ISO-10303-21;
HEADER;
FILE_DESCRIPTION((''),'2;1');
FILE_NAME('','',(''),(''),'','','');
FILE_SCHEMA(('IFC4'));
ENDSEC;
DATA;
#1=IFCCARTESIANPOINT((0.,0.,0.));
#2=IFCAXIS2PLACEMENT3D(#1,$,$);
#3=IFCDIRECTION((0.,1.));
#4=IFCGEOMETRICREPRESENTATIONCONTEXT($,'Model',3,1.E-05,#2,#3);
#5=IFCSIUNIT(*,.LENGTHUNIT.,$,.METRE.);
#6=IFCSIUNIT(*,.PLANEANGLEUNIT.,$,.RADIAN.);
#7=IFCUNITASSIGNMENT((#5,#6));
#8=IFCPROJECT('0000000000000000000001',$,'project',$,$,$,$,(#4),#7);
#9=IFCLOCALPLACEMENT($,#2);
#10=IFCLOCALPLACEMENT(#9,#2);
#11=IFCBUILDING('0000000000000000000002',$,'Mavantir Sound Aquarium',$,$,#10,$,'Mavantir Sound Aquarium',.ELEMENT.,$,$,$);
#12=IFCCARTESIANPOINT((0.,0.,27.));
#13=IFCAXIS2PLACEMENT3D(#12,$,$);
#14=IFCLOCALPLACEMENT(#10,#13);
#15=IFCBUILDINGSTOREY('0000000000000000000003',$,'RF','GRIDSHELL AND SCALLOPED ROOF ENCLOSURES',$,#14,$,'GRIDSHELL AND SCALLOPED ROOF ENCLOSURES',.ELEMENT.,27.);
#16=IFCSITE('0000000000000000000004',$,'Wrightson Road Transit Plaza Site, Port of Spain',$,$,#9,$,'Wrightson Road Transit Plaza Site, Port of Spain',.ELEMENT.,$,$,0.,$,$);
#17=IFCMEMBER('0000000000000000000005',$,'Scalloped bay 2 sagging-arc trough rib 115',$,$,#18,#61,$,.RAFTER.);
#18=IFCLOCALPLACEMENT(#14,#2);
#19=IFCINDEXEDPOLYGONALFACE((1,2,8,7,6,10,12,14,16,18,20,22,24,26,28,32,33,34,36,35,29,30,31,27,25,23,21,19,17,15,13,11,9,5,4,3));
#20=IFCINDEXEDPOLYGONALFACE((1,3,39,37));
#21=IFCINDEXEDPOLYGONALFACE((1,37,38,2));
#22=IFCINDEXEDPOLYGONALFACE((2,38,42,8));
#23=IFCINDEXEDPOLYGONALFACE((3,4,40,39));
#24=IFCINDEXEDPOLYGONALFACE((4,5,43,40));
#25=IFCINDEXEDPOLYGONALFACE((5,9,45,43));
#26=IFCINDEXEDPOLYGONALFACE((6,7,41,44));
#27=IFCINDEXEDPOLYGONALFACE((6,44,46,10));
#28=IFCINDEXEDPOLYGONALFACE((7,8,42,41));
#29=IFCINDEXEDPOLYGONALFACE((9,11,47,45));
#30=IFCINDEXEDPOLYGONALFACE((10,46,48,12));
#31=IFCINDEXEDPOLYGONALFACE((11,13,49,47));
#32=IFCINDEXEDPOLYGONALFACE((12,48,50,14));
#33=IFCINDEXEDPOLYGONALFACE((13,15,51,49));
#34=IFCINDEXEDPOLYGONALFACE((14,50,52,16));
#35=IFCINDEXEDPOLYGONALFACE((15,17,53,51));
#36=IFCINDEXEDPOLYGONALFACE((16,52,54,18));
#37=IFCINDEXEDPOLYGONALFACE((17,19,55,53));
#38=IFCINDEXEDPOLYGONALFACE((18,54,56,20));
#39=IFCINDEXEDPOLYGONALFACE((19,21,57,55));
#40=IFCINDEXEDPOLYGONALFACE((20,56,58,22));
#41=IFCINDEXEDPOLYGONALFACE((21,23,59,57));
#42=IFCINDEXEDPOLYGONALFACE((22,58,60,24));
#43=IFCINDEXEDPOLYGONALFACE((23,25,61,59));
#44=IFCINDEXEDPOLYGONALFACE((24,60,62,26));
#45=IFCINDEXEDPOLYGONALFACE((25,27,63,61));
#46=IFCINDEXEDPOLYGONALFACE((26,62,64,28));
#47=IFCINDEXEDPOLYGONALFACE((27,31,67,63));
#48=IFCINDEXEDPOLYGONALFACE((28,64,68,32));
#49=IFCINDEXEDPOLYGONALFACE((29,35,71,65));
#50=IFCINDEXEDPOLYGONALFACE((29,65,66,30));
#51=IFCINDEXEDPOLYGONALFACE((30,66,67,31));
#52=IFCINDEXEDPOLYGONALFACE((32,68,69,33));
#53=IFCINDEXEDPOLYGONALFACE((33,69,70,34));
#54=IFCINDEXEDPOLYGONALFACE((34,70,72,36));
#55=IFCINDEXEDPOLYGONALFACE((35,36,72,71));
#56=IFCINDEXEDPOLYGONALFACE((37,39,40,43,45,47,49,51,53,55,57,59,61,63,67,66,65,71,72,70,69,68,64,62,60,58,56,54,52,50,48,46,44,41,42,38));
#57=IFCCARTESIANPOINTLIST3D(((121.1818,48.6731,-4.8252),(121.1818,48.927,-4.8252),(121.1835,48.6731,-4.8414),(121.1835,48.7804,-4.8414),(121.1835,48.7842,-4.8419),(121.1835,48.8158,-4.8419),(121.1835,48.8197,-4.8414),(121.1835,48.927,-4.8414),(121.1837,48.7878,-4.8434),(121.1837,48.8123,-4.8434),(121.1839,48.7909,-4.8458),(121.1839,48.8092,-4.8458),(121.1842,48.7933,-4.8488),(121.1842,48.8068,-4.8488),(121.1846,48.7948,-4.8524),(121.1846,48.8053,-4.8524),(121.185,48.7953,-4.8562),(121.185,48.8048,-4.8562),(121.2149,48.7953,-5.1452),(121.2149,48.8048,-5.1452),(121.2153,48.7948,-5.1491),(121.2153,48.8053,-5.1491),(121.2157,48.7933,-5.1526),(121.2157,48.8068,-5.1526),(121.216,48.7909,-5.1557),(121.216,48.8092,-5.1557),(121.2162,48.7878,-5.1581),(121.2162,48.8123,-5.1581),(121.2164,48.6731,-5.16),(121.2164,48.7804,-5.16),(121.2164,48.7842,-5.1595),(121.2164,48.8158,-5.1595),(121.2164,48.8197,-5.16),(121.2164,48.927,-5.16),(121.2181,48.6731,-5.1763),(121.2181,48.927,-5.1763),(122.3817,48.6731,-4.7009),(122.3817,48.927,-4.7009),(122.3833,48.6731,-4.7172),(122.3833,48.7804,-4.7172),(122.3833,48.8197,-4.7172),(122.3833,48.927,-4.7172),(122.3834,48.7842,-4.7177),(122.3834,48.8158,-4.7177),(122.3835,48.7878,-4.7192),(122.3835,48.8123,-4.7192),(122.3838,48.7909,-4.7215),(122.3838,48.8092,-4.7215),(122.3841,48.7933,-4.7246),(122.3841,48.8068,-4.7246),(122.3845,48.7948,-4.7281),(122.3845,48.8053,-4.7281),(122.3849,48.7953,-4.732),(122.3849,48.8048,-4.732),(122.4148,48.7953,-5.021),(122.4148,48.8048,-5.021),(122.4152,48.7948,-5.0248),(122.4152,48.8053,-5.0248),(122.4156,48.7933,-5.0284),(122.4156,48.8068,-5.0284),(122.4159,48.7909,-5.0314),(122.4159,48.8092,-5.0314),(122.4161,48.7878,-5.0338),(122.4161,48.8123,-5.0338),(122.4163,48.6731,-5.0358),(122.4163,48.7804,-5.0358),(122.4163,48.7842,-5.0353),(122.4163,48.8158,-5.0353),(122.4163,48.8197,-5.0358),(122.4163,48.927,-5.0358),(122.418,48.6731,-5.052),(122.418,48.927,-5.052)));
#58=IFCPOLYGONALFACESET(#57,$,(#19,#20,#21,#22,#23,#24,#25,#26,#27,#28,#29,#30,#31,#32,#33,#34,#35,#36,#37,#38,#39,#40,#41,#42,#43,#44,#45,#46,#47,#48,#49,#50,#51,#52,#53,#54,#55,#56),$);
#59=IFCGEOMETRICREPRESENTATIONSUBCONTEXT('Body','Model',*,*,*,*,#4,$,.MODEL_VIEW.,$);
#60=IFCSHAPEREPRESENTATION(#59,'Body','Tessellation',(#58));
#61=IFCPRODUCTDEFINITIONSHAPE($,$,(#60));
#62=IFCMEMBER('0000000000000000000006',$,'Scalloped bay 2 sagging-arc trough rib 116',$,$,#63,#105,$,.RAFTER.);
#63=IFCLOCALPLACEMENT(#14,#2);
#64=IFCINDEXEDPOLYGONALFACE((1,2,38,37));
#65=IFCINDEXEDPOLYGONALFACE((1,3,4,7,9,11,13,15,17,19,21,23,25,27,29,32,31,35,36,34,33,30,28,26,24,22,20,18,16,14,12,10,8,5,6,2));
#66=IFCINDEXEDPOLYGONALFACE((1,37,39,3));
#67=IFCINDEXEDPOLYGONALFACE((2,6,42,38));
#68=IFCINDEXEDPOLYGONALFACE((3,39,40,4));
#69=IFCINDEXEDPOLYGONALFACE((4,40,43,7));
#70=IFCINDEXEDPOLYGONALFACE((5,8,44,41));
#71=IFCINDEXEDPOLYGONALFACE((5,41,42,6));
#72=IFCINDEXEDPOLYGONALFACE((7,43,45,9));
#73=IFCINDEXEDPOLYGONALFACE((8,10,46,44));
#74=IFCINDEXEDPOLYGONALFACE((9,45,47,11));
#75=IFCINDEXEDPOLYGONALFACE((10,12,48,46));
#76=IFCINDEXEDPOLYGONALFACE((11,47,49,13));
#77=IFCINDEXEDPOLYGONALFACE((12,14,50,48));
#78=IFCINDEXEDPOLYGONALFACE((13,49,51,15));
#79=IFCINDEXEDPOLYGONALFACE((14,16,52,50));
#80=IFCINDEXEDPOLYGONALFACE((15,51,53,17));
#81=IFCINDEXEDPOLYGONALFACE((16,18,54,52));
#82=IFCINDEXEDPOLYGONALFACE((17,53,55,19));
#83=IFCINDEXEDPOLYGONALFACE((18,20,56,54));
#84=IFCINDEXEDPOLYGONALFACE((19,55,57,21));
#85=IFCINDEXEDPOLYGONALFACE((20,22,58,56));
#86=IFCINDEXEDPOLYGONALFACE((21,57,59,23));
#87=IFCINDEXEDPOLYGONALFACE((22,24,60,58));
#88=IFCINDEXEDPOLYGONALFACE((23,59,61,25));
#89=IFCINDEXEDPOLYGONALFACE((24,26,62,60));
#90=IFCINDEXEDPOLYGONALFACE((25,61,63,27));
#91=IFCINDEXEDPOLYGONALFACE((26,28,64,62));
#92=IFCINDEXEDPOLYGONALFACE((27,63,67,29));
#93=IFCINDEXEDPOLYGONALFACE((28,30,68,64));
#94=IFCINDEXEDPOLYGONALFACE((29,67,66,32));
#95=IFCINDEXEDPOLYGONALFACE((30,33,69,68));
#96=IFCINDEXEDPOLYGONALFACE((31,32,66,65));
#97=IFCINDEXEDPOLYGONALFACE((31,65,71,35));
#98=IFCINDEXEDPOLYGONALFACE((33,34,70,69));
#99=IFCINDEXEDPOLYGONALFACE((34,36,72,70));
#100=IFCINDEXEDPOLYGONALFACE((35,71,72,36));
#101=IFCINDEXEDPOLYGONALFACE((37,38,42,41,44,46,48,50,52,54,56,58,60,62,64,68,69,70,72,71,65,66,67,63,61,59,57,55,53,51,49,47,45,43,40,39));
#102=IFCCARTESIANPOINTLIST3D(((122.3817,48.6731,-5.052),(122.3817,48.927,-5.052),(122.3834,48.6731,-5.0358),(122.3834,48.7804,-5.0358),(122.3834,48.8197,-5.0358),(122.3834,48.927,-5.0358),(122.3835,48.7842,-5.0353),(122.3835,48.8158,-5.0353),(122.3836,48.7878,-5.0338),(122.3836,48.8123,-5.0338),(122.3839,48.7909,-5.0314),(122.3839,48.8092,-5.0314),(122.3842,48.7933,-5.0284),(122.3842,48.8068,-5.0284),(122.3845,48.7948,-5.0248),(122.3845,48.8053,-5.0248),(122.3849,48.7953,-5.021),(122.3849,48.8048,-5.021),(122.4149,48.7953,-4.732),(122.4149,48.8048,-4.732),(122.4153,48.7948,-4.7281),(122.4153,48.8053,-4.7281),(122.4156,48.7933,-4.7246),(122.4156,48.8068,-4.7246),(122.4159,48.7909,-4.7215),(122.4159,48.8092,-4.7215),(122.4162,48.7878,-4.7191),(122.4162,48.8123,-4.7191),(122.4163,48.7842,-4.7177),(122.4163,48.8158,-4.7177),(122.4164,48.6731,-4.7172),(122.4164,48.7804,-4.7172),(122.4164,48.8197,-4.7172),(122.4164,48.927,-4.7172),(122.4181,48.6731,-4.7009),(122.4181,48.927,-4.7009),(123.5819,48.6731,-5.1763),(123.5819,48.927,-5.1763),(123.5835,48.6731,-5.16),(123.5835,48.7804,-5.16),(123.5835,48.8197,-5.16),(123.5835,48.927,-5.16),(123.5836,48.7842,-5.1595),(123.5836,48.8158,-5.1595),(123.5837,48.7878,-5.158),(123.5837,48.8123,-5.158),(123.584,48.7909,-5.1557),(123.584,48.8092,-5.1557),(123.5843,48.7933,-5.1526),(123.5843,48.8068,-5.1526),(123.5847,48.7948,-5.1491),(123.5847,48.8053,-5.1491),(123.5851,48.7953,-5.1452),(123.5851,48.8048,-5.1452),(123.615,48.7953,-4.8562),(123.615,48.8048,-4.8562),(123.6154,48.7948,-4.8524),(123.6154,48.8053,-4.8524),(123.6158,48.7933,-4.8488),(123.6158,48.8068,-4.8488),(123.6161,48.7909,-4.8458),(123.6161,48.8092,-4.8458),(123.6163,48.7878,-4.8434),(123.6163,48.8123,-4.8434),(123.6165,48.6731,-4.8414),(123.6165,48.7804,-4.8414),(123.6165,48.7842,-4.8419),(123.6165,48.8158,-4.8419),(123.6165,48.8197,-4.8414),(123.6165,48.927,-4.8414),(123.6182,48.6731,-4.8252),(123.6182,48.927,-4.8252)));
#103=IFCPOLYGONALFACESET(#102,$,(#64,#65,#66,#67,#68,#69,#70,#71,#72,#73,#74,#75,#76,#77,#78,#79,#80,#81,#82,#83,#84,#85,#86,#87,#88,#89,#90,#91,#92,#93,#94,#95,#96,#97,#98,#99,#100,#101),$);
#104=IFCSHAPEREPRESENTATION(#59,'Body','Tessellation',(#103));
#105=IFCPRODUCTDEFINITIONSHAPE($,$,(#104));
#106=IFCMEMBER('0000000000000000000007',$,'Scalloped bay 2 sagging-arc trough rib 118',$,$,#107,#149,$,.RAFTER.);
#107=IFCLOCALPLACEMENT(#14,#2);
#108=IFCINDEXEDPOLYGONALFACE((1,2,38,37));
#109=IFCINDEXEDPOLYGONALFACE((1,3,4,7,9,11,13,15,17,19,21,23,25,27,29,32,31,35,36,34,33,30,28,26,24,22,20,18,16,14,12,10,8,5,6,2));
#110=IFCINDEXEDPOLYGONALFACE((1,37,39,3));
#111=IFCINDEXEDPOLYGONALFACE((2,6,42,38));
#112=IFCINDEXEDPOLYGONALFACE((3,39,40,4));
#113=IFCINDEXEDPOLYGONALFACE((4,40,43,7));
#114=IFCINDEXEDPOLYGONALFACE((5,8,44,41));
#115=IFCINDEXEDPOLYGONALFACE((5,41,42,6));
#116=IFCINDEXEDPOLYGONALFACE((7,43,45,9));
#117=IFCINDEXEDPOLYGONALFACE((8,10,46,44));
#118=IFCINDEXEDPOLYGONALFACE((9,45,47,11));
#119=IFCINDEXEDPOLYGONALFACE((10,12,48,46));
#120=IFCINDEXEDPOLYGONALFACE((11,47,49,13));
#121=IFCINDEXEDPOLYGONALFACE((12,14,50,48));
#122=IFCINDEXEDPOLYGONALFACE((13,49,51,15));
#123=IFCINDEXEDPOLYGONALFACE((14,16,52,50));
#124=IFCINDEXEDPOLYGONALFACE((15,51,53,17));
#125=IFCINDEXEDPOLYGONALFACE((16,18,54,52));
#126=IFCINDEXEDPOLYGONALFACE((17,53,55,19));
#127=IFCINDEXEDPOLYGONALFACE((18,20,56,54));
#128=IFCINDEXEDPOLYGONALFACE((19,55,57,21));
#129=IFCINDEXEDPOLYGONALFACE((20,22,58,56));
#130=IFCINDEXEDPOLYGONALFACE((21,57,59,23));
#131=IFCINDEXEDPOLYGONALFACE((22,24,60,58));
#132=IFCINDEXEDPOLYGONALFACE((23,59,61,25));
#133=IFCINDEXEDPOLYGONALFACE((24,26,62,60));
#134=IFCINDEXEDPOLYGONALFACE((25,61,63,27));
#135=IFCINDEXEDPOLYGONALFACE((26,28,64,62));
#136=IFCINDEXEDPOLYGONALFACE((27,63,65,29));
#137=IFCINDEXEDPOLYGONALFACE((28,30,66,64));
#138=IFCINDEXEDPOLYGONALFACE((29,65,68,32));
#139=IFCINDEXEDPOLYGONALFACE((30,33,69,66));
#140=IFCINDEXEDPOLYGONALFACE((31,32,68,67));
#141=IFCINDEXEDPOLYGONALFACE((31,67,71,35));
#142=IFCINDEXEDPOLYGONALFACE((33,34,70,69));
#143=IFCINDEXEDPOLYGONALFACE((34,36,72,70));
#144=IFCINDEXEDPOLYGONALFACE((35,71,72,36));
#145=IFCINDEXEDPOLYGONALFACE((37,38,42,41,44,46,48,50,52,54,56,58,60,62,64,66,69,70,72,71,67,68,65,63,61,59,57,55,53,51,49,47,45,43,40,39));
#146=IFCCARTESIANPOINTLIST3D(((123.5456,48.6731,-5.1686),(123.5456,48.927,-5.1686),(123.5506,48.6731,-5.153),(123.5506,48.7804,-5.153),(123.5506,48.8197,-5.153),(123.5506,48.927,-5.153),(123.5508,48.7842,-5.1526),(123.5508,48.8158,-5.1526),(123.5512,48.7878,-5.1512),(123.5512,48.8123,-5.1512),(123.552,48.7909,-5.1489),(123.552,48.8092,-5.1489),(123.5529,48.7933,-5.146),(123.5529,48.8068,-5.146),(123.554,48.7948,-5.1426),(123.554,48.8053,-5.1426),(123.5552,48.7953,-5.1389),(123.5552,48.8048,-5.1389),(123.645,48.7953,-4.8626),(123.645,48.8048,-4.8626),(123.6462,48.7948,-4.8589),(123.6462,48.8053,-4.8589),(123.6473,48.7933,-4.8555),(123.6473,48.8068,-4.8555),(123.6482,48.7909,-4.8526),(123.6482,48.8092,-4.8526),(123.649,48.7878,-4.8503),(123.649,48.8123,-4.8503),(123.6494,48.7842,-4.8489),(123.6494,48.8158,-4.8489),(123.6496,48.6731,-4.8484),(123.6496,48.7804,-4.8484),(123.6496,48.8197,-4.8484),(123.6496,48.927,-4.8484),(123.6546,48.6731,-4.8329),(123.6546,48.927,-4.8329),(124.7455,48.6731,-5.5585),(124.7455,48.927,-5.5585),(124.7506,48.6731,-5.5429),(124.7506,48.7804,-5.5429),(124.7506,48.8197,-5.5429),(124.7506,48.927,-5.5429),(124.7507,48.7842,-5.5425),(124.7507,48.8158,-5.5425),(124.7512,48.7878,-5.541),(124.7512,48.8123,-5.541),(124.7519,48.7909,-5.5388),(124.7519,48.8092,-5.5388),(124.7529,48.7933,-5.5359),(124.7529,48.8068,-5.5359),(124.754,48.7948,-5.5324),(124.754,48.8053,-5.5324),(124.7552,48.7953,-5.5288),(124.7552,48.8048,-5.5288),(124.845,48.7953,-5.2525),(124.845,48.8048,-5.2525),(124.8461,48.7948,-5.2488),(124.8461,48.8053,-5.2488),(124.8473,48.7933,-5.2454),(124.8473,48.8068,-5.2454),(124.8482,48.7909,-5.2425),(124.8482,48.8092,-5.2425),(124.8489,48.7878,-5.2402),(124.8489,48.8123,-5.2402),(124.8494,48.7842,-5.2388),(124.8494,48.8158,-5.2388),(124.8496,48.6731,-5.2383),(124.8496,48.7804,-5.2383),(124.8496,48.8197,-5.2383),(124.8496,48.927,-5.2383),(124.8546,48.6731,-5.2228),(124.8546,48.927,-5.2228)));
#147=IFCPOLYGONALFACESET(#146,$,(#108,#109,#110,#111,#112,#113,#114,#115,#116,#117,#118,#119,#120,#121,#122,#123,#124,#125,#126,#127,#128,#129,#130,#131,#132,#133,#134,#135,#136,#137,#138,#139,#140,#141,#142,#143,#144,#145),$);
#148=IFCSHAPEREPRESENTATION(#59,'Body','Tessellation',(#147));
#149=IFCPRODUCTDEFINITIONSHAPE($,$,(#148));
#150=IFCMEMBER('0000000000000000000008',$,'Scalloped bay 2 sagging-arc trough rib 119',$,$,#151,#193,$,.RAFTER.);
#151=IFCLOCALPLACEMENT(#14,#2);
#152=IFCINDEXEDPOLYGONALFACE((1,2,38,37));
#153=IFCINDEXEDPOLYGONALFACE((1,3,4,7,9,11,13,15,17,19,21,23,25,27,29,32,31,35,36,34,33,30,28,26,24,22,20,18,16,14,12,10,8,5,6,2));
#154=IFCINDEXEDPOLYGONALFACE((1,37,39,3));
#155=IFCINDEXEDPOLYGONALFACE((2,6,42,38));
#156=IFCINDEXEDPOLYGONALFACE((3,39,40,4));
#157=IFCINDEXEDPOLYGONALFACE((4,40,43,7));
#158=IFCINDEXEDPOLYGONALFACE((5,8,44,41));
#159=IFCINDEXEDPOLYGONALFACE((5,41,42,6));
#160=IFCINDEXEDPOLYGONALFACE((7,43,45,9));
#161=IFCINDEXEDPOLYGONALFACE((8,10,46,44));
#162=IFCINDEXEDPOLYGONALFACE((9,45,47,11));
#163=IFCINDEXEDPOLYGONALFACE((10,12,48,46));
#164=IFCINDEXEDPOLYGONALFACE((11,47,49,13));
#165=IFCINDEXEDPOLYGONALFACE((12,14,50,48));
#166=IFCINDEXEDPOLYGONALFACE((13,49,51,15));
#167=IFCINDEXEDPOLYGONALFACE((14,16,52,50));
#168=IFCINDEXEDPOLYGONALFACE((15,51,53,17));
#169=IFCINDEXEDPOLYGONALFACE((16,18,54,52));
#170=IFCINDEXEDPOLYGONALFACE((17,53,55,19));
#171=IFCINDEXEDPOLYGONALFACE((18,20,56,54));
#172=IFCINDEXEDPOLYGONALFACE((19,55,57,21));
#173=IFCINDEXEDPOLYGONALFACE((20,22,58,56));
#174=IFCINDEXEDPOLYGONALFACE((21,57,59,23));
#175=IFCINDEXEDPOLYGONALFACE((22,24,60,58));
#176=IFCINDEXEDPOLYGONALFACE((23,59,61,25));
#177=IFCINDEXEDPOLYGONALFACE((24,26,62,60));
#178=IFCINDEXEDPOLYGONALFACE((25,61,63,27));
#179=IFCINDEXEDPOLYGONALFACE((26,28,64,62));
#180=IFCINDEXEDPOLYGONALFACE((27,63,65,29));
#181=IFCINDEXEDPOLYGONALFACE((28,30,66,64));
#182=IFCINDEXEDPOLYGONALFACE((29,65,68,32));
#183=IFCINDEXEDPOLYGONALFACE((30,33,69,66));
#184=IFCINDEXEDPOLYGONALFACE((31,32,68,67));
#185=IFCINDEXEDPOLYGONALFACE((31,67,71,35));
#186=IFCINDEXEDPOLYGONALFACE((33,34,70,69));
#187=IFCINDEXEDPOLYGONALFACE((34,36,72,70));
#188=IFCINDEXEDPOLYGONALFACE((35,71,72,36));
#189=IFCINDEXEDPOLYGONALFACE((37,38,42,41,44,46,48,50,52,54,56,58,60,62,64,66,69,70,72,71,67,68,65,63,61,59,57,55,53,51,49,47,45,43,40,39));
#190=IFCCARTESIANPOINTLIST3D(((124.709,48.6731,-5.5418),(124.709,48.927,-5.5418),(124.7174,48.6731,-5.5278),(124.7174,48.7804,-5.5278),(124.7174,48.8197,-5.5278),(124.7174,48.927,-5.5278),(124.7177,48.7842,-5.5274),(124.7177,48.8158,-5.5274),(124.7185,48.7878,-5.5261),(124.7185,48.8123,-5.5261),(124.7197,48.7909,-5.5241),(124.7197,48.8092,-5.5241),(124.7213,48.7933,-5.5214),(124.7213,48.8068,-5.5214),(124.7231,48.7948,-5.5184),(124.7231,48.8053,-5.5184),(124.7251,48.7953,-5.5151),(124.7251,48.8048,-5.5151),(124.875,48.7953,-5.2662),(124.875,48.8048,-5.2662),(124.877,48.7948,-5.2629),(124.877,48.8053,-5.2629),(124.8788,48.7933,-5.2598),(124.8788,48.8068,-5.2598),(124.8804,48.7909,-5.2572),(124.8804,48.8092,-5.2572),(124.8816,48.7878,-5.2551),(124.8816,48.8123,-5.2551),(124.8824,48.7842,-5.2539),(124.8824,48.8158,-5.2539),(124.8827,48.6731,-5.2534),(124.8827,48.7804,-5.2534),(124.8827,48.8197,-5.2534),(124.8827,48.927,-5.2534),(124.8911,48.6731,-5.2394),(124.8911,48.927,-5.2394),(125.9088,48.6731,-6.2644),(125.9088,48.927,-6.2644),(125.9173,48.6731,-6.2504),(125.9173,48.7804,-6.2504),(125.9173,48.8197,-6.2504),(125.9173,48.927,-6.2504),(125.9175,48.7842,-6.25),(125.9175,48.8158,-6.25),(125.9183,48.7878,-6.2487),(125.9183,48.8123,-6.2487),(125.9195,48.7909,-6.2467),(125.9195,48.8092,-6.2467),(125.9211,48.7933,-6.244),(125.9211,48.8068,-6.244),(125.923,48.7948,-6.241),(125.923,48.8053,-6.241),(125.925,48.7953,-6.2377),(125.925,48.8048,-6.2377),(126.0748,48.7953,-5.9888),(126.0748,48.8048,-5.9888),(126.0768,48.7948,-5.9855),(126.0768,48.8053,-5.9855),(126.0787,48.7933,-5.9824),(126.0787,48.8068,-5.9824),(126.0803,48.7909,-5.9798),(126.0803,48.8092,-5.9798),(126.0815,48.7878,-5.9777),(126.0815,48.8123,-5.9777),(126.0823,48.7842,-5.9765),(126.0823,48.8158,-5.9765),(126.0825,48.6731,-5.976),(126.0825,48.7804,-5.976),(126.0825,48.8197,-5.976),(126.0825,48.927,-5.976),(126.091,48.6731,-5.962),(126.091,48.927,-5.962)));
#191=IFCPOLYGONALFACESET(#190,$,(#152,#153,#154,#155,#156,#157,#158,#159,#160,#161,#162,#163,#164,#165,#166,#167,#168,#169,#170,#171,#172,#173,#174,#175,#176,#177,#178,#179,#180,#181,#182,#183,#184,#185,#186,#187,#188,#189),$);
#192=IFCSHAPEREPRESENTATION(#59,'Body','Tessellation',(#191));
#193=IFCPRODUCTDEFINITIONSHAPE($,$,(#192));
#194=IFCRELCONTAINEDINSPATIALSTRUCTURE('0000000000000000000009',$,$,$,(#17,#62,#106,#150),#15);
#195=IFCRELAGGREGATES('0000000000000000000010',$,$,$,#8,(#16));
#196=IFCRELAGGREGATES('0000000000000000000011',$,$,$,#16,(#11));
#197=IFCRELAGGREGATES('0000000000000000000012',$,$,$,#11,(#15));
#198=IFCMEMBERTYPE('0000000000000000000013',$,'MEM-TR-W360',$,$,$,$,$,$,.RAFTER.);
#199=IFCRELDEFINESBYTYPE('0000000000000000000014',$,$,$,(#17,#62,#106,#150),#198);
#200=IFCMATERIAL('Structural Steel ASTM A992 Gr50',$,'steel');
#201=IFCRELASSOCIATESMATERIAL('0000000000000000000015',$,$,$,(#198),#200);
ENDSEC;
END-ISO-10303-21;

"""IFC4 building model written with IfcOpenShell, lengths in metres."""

from ifc_helpers import new_model, si_unit, direction, frame, origin, origin_2d, place, context, subcontext, project, spatial, i_section, extrude, material, material_profile, profile_set, type_object, element, save


model = new_model("IFC4")

# Units and contexts
model_context = context("Model", 3, precision=1e-05, world=origin(), true_north=direction((0.0, 1.0)))
body_context = subcontext(model_context, "Body", "Model", "MODEL_VIEW")
ifc_project = project(units=[si_unit("LENGTHUNIT", "METRE"), si_unit("PLANEANGLEUNIT", "RADIAN")], contexts=[model_context])

# Site, building, storey
site_placement = place(None, origin())
site = spatial("IfcSite", under=ifc_project, at=site_placement, Name="Wrightson Road Transit Plaza Site, Port of Spain", LongName="Wrightson Road Transit Plaza Site, Port of Spain", CompositionType="ELEMENT", RefElevation=0.0)
building_placement = place(site_placement, origin())
building = spatial("IfcBuilding", under=site, at=building_placement, Name="Mavantir Sound Aquarium", LongName="Mavantir Sound Aquarium", CompositionType="ELEMENT")
storey_placement = place(building_placement, frame((0.0, 0.0, 27.0)))
storey = spatial("IfcBuildingStorey", under=building, at=storey_placement, Name="RF", Description="GRIDSHELL AND SCALLOPED ROOF ENCLOSURES", LongName="GRIDSHELL AND SCALLOPED ROOF ENCLOSURES", CompositionType="ELEMENT", Elevation=27.0)

# Shared definitions
ifc_material_1 = material(Name="Structural Steel ASTM A992 Gr50", Category="steel")

# Members
ifc_material_profile_1 = material_profile(ifc_material_1, i_section(OverallWidth=0.2539, OverallDepth=0.353, WebThickness=0.0095, FlangeThickness=0.0164, FilletRadius=0.0149, at=origin_2d()), Name="W360X91")
ifc_profile_set_1 = profile_set([ifc_material_profile_1], Name="Structural Steel ASTM A992 Gr50")
member_type_1 = type_object("IfcMemberType", Name="MEM-TR-W360", PredefinedType="RAFTER", material=ifc_profile_set_1)
member_1_placement = place(storey_placement, frame((121.2, 48.8, -5.0007), z_axis=(0.99468, 0.0, 0.10301), x_axis=(0.0, 1.0, 0.0)))
element("IfcMember", 1, at=member_1_placement, inside=storey, type_object=member_type_1, Name="Scalloped bay 2 sagging-arc trough rib 115", PredefinedType="RAFTER", context=body_context, shape_type="SweptSolid", body=[
    extrude(i_section(OverallWidth=0.2539, OverallDepth=0.353, WebThickness=0.0095, FlangeThickness=0.0164, FilletRadius=0.0149, at=origin_2d()), origin(), (0.0, 0.0, 1.0), 1.2063),
])
member_2_placement = place(storey_placement, frame((122.3999, 48.8, -4.8765), z_axis=(0.994683, 0.0, -0.102989), x_axis=(0.0, 1.0, 0.0)))
element("IfcMember", 2, at=member_2_placement, inside=storey, type_object=member_type_1, Name="Scalloped bay 2 sagging-arc trough rib 116", PredefinedType="RAFTER", context=body_context, shape_type="SweptSolid", body=[
    extrude(i_section(OverallWidth=0.2539, OverallDepth=0.353, WebThickness=0.0095, FlangeThickness=0.0164, FilletRadius=0.0149, at=origin_2d()), origin(), (0.0, 0.0, 1.0), 1.2065),
])
member_3_placement = place(storey_placement, frame((123.6001, 48.8, -5.0007), z_axis=(0.951055, 0.0, -0.30902), x_axis=(0.0, 1.0, 0.0)))
element("IfcMember", 3, at=member_3_placement, inside=storey, type_object=member_type_1, Name="Scalloped bay 2 sagging-arc trough rib 118", PredefinedType="RAFTER", context=body_context, shape_type="SweptSolid", body=[
    extrude(i_section(OverallWidth=0.2539, OverallDepth=0.353, WebThickness=0.0095, FlangeThickness=0.0164, FilletRadius=0.0149, at=origin_2d()), origin(), (0.0, 0.0, 1.0), 1.2617),
])
member_4_placement = place(storey_placement, frame((124.8, 48.8, -5.3906), z_axis=(0.856646, 0.0, -0.515905), x_axis=(0.0, 1.0, 0.0)))
element("IfcMember", 4, at=member_4_placement, inside=storey, type_object=member_type_1, Name="Scalloped bay 2 sagging-arc trough rib 119", PredefinedType="RAFTER", context=body_context, shape_type="SweptSolid", body=[
    extrude(i_section(OverallWidth=0.2539, OverallDepth=0.353, WebThickness=0.0095, FlangeThickness=0.0164, FilletRadius=0.0149, at=origin_2d()), origin(), (0.0, 0.0, 1.0), 1.4006),
])

save(model, "model.ifc")
